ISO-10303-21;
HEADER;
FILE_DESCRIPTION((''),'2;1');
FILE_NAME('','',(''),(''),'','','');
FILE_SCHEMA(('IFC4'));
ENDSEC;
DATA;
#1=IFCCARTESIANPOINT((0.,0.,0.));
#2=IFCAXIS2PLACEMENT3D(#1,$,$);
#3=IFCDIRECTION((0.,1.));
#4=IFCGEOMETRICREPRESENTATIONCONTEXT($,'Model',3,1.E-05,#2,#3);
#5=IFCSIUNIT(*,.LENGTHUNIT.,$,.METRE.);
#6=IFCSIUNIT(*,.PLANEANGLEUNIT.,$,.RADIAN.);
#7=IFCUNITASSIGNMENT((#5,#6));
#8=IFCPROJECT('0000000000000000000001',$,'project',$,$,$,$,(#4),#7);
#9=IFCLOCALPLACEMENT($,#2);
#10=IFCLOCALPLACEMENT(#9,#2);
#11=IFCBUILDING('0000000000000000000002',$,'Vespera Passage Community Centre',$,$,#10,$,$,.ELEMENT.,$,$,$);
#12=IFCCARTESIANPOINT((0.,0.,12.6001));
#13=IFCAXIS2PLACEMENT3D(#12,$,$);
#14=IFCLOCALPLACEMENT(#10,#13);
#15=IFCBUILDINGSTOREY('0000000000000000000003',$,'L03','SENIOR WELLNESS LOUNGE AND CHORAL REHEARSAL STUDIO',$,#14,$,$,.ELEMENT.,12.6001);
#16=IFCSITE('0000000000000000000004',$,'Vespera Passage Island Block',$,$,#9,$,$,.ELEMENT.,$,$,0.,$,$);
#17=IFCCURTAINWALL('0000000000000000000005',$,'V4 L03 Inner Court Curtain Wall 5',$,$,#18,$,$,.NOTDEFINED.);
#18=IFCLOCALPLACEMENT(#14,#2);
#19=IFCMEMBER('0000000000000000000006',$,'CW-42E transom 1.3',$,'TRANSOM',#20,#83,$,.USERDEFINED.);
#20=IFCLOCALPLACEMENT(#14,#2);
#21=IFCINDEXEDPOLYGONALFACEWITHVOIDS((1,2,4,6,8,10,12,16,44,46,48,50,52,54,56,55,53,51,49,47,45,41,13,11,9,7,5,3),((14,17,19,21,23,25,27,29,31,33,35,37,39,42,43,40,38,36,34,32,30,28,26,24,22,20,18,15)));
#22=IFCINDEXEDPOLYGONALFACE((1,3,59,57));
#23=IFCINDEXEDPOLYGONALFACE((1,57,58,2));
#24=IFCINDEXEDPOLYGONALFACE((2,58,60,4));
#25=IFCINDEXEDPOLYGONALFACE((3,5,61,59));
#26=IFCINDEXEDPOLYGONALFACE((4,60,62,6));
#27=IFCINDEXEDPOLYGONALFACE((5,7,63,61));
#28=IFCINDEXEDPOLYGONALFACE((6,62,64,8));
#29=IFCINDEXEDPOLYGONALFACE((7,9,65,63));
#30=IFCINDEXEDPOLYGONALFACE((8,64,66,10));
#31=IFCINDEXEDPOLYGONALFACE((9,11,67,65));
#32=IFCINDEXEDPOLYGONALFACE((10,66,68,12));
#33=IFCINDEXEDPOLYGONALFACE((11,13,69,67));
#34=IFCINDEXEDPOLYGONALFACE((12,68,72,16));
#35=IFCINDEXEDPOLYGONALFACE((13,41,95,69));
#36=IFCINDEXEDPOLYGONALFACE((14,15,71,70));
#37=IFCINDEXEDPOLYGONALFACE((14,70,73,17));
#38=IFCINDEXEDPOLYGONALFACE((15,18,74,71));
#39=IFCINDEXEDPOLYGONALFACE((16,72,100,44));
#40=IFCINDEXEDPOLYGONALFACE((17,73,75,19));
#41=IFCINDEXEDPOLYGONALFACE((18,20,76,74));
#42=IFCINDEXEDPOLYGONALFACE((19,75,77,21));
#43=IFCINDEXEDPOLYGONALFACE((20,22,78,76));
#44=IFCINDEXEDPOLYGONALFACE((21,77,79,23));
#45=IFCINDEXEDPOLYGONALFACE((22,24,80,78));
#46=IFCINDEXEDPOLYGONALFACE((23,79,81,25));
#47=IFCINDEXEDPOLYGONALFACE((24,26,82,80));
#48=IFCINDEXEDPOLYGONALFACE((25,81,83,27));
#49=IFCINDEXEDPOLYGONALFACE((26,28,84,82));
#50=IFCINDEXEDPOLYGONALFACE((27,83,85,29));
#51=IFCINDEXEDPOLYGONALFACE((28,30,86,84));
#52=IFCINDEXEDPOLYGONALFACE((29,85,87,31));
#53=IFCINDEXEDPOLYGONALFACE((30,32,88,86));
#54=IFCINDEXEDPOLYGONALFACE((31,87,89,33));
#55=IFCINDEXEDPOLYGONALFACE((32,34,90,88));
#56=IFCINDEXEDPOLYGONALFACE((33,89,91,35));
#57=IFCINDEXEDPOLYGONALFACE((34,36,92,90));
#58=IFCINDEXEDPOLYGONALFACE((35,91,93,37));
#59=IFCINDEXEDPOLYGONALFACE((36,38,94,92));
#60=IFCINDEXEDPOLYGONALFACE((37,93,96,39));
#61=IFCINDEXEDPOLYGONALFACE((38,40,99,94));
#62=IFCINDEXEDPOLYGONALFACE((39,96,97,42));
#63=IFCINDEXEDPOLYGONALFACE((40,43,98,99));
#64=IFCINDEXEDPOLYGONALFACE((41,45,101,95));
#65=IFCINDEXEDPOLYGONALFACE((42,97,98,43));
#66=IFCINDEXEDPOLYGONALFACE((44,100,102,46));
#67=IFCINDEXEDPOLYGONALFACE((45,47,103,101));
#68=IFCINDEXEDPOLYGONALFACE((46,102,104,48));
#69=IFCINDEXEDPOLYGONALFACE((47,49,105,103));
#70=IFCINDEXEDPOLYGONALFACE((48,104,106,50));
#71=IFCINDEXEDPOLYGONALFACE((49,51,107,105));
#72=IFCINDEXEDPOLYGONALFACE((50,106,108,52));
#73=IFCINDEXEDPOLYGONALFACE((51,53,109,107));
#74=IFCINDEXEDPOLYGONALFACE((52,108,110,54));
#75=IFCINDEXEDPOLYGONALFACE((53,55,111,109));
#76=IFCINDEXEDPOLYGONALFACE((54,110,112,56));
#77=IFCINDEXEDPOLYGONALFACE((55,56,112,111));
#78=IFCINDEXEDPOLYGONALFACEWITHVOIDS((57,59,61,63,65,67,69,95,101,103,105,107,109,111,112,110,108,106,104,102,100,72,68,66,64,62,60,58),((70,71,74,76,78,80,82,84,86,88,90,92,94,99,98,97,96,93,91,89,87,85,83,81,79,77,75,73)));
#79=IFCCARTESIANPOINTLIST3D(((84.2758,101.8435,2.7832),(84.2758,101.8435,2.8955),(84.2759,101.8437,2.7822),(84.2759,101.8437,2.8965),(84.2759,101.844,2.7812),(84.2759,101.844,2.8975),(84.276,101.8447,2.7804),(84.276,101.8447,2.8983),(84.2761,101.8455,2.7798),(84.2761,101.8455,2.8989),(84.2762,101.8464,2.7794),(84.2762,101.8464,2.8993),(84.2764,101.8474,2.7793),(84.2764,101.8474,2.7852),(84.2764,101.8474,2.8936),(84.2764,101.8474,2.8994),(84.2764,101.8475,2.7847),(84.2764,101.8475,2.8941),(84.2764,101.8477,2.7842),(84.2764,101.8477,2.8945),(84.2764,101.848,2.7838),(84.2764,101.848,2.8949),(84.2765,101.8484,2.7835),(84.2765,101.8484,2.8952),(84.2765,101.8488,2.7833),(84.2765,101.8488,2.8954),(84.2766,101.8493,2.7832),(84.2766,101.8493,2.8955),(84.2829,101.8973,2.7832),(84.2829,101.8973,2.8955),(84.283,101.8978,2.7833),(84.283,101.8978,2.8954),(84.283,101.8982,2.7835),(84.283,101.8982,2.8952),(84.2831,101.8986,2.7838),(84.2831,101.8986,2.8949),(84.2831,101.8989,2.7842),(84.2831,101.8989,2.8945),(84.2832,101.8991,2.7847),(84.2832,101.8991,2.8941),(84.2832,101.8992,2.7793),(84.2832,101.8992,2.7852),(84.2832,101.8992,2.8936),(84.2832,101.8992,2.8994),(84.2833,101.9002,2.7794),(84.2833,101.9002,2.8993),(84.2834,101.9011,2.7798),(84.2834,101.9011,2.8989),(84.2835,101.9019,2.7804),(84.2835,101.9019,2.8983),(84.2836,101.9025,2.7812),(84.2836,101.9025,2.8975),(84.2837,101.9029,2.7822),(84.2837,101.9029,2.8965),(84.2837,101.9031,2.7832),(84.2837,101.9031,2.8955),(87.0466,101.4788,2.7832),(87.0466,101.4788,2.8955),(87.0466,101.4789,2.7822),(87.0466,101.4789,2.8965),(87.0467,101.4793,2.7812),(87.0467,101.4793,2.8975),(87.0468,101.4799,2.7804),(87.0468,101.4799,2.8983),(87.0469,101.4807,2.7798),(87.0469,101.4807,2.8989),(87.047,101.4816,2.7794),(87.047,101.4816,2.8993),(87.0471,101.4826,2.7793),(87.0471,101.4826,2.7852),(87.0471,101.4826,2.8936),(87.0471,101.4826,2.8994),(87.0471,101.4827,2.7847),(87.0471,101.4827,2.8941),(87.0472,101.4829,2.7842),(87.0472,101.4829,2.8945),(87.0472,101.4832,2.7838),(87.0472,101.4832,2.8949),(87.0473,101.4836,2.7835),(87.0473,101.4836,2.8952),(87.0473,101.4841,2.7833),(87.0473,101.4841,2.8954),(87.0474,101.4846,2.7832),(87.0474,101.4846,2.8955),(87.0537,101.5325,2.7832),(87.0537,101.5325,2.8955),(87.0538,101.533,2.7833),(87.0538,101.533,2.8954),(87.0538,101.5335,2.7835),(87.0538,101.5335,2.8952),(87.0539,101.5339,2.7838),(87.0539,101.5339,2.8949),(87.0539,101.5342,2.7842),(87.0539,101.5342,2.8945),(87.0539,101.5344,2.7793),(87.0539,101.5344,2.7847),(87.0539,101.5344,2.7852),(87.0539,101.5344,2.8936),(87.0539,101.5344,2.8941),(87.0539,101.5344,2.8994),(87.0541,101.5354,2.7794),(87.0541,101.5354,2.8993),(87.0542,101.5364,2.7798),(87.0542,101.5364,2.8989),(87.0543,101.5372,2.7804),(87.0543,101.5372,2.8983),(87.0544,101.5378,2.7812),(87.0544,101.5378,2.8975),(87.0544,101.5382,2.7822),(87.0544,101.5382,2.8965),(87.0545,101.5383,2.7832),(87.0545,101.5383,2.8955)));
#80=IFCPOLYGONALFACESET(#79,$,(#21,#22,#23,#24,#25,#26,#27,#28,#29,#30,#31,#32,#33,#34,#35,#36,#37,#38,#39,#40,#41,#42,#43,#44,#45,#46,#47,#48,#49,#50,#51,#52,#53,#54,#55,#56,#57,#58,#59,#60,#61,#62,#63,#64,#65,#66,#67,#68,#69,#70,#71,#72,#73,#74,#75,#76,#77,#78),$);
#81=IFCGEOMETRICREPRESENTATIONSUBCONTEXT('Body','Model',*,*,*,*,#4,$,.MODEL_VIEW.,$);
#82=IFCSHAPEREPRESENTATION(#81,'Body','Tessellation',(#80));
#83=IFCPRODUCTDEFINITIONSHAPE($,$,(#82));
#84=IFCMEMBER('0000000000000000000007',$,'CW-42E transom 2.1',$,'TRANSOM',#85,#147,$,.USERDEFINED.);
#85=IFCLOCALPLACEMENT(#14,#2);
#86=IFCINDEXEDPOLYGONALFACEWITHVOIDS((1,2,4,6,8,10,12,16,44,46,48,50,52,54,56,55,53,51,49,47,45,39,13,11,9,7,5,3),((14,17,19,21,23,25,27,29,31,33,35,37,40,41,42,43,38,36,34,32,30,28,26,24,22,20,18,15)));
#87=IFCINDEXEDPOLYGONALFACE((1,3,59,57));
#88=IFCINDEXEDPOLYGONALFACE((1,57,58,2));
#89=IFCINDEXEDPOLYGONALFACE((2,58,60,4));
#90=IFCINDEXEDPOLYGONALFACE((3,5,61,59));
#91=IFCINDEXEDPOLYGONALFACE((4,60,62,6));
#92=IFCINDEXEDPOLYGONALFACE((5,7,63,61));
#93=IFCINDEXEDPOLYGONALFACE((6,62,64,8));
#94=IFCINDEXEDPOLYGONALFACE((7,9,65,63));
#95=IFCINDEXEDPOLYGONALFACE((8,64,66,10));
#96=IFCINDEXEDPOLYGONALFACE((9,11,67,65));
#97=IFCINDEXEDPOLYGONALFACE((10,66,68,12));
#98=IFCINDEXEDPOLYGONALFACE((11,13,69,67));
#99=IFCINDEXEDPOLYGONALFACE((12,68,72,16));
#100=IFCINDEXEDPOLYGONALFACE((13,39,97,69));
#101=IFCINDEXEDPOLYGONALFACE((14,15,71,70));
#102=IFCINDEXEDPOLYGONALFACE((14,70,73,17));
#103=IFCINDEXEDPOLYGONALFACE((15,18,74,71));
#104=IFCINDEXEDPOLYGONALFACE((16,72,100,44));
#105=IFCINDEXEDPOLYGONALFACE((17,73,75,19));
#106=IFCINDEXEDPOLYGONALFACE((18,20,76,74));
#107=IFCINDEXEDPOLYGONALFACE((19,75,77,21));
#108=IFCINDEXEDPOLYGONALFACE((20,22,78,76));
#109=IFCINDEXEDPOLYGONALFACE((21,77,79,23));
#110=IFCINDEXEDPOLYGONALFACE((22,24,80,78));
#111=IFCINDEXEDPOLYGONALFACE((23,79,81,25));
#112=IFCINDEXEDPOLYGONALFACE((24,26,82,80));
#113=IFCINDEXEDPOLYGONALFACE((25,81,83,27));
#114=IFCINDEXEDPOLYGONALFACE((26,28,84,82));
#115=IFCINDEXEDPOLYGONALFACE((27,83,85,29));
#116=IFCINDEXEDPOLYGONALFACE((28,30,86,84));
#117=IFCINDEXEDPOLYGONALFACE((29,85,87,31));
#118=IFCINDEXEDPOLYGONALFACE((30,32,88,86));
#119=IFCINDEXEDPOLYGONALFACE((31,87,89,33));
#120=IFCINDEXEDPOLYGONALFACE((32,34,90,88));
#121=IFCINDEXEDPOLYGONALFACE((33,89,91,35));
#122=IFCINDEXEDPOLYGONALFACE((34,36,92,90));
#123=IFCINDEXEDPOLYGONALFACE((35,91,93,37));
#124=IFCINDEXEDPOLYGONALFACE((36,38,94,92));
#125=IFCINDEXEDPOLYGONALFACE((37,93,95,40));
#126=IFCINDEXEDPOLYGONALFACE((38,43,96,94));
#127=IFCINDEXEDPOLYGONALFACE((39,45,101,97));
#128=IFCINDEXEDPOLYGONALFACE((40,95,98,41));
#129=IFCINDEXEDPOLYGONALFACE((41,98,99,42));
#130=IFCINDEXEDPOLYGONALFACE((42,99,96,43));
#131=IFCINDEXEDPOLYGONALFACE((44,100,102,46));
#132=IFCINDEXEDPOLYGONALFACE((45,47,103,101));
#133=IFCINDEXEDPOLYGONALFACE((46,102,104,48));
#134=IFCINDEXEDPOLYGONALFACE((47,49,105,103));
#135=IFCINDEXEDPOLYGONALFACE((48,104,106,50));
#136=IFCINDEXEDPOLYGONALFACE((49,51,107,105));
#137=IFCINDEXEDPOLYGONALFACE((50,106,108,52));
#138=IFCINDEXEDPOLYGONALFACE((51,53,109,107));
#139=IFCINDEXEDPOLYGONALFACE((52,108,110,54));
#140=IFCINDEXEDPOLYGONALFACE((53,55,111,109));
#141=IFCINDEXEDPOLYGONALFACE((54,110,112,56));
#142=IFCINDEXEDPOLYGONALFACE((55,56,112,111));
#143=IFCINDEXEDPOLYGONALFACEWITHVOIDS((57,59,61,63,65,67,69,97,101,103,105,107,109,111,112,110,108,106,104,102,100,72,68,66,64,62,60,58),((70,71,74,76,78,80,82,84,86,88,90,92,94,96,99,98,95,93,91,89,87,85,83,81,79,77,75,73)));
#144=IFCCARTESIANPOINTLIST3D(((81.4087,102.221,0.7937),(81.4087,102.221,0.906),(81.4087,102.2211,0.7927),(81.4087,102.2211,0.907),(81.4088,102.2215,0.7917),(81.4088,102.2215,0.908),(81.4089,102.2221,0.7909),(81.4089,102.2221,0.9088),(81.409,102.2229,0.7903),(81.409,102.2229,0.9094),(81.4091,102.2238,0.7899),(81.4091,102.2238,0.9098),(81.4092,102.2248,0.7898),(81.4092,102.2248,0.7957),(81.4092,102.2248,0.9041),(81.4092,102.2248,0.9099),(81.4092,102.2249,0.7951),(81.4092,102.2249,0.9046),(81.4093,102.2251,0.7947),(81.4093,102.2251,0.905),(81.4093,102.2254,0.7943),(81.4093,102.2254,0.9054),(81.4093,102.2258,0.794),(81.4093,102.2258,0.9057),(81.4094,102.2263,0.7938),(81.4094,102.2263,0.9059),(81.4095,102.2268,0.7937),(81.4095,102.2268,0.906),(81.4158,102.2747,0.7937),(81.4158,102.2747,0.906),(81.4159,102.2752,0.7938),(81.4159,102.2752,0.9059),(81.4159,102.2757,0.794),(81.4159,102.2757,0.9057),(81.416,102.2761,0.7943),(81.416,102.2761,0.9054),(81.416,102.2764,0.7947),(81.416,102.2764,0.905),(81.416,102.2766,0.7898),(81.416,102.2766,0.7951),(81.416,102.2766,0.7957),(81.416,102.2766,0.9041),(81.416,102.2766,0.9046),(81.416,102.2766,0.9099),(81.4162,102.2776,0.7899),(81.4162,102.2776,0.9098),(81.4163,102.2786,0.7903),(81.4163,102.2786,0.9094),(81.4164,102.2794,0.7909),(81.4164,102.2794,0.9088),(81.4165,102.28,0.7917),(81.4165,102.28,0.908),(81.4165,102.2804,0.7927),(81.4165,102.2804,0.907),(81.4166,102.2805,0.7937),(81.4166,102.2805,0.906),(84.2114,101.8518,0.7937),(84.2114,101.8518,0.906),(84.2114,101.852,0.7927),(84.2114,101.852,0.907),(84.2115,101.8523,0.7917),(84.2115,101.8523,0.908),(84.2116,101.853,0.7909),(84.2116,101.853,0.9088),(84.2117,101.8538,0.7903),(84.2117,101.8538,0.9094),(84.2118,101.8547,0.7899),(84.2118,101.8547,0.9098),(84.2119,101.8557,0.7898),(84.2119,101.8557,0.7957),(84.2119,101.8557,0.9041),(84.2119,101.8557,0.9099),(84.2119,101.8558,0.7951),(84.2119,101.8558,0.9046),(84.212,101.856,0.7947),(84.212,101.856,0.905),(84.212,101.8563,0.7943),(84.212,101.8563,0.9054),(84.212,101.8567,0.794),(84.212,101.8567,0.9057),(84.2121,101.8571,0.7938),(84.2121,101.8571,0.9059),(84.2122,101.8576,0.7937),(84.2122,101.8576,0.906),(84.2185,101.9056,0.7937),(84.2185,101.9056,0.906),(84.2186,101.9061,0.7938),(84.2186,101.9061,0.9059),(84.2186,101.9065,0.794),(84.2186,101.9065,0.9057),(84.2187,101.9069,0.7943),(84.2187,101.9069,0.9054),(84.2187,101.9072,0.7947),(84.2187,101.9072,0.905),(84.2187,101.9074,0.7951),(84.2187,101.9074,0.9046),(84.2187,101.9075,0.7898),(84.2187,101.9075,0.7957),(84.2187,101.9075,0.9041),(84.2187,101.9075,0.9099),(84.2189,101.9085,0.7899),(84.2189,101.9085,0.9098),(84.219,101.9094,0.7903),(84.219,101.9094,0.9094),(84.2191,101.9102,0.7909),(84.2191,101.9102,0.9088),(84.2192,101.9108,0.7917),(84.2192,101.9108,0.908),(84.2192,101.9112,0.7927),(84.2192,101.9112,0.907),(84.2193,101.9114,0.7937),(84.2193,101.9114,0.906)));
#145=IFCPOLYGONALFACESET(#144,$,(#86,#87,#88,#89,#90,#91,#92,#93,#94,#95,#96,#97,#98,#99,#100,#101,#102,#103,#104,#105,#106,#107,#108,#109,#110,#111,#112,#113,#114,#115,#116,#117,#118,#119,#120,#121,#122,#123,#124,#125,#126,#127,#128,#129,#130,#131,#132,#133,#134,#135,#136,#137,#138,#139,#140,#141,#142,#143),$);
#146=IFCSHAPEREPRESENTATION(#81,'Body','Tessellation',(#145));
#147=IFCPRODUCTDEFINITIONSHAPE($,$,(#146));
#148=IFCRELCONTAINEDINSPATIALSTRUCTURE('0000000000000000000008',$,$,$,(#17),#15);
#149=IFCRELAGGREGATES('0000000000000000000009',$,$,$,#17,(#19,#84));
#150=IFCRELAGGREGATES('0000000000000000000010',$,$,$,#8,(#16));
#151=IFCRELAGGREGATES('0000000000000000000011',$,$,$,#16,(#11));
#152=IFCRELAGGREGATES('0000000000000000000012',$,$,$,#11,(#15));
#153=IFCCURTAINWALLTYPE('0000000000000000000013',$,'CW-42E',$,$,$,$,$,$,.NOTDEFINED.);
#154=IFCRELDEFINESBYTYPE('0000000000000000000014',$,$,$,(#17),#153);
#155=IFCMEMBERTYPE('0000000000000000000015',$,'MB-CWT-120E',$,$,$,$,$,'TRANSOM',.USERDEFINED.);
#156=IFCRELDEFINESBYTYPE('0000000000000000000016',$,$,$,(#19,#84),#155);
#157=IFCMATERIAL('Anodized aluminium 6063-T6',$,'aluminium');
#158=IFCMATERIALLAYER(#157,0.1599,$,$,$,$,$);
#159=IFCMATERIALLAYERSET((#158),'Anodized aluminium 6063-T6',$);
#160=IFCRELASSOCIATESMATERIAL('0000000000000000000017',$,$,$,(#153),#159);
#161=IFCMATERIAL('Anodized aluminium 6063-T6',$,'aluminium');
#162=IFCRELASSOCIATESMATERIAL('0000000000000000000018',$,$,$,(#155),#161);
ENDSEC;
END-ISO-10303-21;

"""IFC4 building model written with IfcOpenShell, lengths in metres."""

from ifc_helpers import new_model, si_unit, direction, frame, origin, origin_2d, place, context, subcontext, project, spatial, hollow_rectangle, extrude, material, layer, layer_set, material_profile, profile_set, type_object, element, aggregate, save


model = new_model("IFC4")

# Units and contexts
model_context = context("Model", 3, precision=1e-05, world=origin(), true_north=direction((0.0, 1.0)))
body_context = subcontext(model_context, "Body", "Model", "MODEL_VIEW")
ifc_project = project(units=[si_unit("LENGTHUNIT", "METRE"), si_unit("PLANEANGLEUNIT", "RADIAN")], contexts=[model_context])

# Site, building, storey
site_placement = place(None, origin())
site = spatial("IfcSite", under=ifc_project, at=site_placement, Name="Vespera Passage Island Block", CompositionType="ELEMENT", RefElevation=0.0)
building_placement = place(site_placement, origin())
building = spatial("IfcBuilding", under=site, at=building_placement, Name="Vespera Passage Community Centre", CompositionType="ELEMENT")
storey_placement = place(building_placement, frame((0.0, 0.0, 12.6001)))
storey = spatial("IfcBuildingStorey", under=building, at=storey_placement, Name="L03", Description="SENIOR WELLNESS LOUNGE AND CHORAL REHEARSAL STUDIO", CompositionType="ELEMENT", Elevation=12.6001)

# Curtain wall, members
ifc_material_1 = material(Name="Anodized aluminium 6063-T6", Category="aluminium")
ifc_layer_1 = layer(ifc_material_1, 0.1599)
ifc_layer_set_1 = layer_set([ifc_layer_1], Name="Anodized aluminium 6063-T6")
curtain_wall_type = type_object("IfcCurtainWallType", Name="CW-42E", PredefinedType="NOTDEFINED", material=ifc_layer_set_1)
curtain_wall_placement = place(storey_placement, origin())
curtain_wall = element("IfcCurtainWall", 1, at=curtain_wall_placement, inside=storey, type_object=curtain_wall_type, Name="V4 L03 Inner Court Curtain Wall 5", PredefinedType="NOTDEFINED")
ifc_material_2 = material(Name="Anodized aluminium 6063-T6", Category="aluminium")
ifc_material_profile_1 = material_profile(ifc_material_2, hollow_rectangle(XDim=0.0601, YDim=0.1201, WallThickness=0.0039, InnerFilletRadius=0.002, OuterFilletRadius=0.0039, at=origin_2d()), Name="ALU120X60X4")
ifc_profile_set_1 = profile_set([ifc_material_profile_1], Name="Anodized aluminium 6063-T6")
member_type_1 = type_object("IfcMemberType", Name="MB-CWT-120E", ElementType="TRANSOM", PredefinedType="USERDEFINED", material=ifc_profile_set_1)
member_1_placement = place(storey_placement, frame((87.0505, 101.5085, 2.8394), z_axis=(-0.991446, 0.130516, 0.0), x_axis=(-0.130516, -0.991446, 0.0)))
member_1 = element("IfcMember", 2, at=member_1_placement, type_object=member_type_1, Name="CW-42E transom 1.3", ObjectType="TRANSOM", PredefinedType="USERDEFINED", context=body_context, shape_type="SweptSolid", body=[
    extrude(hollow_rectangle(XDim=0.0601, YDim=0.1201, WallThickness=0.0039, InnerFilletRadius=0.002, OuterFilletRadius=0.0039, at=origin_2d()), origin(), (0.0, 0.0, 1.0), 2.7947),
])
member_2_placement = place(storey_placement, frame((84.2153, 101.8816, 0.8499), z_axis=(-0.991438, 0.13058, 0.0), x_axis=(-0.13058, -0.991438, 0.0)))
member_2 = element("IfcMember", 3, at=member_2_placement, type_object=member_type_1, Name="CW-42E transom 2.1", ObjectType="TRANSOM", PredefinedType="USERDEFINED", context=body_context, shape_type="SweptSolid", body=[
    extrude(hollow_rectangle(XDim=0.0601, YDim=0.1201, WallThickness=0.0039, InnerFilletRadius=0.002, OuterFilletRadius=0.0039, at=origin_2d()), origin(), (0.0, 0.0, 1.0), 2.8269),
])
aggregate(curtain_wall, [member_1, member_2])

save(model, "model.ifc")
